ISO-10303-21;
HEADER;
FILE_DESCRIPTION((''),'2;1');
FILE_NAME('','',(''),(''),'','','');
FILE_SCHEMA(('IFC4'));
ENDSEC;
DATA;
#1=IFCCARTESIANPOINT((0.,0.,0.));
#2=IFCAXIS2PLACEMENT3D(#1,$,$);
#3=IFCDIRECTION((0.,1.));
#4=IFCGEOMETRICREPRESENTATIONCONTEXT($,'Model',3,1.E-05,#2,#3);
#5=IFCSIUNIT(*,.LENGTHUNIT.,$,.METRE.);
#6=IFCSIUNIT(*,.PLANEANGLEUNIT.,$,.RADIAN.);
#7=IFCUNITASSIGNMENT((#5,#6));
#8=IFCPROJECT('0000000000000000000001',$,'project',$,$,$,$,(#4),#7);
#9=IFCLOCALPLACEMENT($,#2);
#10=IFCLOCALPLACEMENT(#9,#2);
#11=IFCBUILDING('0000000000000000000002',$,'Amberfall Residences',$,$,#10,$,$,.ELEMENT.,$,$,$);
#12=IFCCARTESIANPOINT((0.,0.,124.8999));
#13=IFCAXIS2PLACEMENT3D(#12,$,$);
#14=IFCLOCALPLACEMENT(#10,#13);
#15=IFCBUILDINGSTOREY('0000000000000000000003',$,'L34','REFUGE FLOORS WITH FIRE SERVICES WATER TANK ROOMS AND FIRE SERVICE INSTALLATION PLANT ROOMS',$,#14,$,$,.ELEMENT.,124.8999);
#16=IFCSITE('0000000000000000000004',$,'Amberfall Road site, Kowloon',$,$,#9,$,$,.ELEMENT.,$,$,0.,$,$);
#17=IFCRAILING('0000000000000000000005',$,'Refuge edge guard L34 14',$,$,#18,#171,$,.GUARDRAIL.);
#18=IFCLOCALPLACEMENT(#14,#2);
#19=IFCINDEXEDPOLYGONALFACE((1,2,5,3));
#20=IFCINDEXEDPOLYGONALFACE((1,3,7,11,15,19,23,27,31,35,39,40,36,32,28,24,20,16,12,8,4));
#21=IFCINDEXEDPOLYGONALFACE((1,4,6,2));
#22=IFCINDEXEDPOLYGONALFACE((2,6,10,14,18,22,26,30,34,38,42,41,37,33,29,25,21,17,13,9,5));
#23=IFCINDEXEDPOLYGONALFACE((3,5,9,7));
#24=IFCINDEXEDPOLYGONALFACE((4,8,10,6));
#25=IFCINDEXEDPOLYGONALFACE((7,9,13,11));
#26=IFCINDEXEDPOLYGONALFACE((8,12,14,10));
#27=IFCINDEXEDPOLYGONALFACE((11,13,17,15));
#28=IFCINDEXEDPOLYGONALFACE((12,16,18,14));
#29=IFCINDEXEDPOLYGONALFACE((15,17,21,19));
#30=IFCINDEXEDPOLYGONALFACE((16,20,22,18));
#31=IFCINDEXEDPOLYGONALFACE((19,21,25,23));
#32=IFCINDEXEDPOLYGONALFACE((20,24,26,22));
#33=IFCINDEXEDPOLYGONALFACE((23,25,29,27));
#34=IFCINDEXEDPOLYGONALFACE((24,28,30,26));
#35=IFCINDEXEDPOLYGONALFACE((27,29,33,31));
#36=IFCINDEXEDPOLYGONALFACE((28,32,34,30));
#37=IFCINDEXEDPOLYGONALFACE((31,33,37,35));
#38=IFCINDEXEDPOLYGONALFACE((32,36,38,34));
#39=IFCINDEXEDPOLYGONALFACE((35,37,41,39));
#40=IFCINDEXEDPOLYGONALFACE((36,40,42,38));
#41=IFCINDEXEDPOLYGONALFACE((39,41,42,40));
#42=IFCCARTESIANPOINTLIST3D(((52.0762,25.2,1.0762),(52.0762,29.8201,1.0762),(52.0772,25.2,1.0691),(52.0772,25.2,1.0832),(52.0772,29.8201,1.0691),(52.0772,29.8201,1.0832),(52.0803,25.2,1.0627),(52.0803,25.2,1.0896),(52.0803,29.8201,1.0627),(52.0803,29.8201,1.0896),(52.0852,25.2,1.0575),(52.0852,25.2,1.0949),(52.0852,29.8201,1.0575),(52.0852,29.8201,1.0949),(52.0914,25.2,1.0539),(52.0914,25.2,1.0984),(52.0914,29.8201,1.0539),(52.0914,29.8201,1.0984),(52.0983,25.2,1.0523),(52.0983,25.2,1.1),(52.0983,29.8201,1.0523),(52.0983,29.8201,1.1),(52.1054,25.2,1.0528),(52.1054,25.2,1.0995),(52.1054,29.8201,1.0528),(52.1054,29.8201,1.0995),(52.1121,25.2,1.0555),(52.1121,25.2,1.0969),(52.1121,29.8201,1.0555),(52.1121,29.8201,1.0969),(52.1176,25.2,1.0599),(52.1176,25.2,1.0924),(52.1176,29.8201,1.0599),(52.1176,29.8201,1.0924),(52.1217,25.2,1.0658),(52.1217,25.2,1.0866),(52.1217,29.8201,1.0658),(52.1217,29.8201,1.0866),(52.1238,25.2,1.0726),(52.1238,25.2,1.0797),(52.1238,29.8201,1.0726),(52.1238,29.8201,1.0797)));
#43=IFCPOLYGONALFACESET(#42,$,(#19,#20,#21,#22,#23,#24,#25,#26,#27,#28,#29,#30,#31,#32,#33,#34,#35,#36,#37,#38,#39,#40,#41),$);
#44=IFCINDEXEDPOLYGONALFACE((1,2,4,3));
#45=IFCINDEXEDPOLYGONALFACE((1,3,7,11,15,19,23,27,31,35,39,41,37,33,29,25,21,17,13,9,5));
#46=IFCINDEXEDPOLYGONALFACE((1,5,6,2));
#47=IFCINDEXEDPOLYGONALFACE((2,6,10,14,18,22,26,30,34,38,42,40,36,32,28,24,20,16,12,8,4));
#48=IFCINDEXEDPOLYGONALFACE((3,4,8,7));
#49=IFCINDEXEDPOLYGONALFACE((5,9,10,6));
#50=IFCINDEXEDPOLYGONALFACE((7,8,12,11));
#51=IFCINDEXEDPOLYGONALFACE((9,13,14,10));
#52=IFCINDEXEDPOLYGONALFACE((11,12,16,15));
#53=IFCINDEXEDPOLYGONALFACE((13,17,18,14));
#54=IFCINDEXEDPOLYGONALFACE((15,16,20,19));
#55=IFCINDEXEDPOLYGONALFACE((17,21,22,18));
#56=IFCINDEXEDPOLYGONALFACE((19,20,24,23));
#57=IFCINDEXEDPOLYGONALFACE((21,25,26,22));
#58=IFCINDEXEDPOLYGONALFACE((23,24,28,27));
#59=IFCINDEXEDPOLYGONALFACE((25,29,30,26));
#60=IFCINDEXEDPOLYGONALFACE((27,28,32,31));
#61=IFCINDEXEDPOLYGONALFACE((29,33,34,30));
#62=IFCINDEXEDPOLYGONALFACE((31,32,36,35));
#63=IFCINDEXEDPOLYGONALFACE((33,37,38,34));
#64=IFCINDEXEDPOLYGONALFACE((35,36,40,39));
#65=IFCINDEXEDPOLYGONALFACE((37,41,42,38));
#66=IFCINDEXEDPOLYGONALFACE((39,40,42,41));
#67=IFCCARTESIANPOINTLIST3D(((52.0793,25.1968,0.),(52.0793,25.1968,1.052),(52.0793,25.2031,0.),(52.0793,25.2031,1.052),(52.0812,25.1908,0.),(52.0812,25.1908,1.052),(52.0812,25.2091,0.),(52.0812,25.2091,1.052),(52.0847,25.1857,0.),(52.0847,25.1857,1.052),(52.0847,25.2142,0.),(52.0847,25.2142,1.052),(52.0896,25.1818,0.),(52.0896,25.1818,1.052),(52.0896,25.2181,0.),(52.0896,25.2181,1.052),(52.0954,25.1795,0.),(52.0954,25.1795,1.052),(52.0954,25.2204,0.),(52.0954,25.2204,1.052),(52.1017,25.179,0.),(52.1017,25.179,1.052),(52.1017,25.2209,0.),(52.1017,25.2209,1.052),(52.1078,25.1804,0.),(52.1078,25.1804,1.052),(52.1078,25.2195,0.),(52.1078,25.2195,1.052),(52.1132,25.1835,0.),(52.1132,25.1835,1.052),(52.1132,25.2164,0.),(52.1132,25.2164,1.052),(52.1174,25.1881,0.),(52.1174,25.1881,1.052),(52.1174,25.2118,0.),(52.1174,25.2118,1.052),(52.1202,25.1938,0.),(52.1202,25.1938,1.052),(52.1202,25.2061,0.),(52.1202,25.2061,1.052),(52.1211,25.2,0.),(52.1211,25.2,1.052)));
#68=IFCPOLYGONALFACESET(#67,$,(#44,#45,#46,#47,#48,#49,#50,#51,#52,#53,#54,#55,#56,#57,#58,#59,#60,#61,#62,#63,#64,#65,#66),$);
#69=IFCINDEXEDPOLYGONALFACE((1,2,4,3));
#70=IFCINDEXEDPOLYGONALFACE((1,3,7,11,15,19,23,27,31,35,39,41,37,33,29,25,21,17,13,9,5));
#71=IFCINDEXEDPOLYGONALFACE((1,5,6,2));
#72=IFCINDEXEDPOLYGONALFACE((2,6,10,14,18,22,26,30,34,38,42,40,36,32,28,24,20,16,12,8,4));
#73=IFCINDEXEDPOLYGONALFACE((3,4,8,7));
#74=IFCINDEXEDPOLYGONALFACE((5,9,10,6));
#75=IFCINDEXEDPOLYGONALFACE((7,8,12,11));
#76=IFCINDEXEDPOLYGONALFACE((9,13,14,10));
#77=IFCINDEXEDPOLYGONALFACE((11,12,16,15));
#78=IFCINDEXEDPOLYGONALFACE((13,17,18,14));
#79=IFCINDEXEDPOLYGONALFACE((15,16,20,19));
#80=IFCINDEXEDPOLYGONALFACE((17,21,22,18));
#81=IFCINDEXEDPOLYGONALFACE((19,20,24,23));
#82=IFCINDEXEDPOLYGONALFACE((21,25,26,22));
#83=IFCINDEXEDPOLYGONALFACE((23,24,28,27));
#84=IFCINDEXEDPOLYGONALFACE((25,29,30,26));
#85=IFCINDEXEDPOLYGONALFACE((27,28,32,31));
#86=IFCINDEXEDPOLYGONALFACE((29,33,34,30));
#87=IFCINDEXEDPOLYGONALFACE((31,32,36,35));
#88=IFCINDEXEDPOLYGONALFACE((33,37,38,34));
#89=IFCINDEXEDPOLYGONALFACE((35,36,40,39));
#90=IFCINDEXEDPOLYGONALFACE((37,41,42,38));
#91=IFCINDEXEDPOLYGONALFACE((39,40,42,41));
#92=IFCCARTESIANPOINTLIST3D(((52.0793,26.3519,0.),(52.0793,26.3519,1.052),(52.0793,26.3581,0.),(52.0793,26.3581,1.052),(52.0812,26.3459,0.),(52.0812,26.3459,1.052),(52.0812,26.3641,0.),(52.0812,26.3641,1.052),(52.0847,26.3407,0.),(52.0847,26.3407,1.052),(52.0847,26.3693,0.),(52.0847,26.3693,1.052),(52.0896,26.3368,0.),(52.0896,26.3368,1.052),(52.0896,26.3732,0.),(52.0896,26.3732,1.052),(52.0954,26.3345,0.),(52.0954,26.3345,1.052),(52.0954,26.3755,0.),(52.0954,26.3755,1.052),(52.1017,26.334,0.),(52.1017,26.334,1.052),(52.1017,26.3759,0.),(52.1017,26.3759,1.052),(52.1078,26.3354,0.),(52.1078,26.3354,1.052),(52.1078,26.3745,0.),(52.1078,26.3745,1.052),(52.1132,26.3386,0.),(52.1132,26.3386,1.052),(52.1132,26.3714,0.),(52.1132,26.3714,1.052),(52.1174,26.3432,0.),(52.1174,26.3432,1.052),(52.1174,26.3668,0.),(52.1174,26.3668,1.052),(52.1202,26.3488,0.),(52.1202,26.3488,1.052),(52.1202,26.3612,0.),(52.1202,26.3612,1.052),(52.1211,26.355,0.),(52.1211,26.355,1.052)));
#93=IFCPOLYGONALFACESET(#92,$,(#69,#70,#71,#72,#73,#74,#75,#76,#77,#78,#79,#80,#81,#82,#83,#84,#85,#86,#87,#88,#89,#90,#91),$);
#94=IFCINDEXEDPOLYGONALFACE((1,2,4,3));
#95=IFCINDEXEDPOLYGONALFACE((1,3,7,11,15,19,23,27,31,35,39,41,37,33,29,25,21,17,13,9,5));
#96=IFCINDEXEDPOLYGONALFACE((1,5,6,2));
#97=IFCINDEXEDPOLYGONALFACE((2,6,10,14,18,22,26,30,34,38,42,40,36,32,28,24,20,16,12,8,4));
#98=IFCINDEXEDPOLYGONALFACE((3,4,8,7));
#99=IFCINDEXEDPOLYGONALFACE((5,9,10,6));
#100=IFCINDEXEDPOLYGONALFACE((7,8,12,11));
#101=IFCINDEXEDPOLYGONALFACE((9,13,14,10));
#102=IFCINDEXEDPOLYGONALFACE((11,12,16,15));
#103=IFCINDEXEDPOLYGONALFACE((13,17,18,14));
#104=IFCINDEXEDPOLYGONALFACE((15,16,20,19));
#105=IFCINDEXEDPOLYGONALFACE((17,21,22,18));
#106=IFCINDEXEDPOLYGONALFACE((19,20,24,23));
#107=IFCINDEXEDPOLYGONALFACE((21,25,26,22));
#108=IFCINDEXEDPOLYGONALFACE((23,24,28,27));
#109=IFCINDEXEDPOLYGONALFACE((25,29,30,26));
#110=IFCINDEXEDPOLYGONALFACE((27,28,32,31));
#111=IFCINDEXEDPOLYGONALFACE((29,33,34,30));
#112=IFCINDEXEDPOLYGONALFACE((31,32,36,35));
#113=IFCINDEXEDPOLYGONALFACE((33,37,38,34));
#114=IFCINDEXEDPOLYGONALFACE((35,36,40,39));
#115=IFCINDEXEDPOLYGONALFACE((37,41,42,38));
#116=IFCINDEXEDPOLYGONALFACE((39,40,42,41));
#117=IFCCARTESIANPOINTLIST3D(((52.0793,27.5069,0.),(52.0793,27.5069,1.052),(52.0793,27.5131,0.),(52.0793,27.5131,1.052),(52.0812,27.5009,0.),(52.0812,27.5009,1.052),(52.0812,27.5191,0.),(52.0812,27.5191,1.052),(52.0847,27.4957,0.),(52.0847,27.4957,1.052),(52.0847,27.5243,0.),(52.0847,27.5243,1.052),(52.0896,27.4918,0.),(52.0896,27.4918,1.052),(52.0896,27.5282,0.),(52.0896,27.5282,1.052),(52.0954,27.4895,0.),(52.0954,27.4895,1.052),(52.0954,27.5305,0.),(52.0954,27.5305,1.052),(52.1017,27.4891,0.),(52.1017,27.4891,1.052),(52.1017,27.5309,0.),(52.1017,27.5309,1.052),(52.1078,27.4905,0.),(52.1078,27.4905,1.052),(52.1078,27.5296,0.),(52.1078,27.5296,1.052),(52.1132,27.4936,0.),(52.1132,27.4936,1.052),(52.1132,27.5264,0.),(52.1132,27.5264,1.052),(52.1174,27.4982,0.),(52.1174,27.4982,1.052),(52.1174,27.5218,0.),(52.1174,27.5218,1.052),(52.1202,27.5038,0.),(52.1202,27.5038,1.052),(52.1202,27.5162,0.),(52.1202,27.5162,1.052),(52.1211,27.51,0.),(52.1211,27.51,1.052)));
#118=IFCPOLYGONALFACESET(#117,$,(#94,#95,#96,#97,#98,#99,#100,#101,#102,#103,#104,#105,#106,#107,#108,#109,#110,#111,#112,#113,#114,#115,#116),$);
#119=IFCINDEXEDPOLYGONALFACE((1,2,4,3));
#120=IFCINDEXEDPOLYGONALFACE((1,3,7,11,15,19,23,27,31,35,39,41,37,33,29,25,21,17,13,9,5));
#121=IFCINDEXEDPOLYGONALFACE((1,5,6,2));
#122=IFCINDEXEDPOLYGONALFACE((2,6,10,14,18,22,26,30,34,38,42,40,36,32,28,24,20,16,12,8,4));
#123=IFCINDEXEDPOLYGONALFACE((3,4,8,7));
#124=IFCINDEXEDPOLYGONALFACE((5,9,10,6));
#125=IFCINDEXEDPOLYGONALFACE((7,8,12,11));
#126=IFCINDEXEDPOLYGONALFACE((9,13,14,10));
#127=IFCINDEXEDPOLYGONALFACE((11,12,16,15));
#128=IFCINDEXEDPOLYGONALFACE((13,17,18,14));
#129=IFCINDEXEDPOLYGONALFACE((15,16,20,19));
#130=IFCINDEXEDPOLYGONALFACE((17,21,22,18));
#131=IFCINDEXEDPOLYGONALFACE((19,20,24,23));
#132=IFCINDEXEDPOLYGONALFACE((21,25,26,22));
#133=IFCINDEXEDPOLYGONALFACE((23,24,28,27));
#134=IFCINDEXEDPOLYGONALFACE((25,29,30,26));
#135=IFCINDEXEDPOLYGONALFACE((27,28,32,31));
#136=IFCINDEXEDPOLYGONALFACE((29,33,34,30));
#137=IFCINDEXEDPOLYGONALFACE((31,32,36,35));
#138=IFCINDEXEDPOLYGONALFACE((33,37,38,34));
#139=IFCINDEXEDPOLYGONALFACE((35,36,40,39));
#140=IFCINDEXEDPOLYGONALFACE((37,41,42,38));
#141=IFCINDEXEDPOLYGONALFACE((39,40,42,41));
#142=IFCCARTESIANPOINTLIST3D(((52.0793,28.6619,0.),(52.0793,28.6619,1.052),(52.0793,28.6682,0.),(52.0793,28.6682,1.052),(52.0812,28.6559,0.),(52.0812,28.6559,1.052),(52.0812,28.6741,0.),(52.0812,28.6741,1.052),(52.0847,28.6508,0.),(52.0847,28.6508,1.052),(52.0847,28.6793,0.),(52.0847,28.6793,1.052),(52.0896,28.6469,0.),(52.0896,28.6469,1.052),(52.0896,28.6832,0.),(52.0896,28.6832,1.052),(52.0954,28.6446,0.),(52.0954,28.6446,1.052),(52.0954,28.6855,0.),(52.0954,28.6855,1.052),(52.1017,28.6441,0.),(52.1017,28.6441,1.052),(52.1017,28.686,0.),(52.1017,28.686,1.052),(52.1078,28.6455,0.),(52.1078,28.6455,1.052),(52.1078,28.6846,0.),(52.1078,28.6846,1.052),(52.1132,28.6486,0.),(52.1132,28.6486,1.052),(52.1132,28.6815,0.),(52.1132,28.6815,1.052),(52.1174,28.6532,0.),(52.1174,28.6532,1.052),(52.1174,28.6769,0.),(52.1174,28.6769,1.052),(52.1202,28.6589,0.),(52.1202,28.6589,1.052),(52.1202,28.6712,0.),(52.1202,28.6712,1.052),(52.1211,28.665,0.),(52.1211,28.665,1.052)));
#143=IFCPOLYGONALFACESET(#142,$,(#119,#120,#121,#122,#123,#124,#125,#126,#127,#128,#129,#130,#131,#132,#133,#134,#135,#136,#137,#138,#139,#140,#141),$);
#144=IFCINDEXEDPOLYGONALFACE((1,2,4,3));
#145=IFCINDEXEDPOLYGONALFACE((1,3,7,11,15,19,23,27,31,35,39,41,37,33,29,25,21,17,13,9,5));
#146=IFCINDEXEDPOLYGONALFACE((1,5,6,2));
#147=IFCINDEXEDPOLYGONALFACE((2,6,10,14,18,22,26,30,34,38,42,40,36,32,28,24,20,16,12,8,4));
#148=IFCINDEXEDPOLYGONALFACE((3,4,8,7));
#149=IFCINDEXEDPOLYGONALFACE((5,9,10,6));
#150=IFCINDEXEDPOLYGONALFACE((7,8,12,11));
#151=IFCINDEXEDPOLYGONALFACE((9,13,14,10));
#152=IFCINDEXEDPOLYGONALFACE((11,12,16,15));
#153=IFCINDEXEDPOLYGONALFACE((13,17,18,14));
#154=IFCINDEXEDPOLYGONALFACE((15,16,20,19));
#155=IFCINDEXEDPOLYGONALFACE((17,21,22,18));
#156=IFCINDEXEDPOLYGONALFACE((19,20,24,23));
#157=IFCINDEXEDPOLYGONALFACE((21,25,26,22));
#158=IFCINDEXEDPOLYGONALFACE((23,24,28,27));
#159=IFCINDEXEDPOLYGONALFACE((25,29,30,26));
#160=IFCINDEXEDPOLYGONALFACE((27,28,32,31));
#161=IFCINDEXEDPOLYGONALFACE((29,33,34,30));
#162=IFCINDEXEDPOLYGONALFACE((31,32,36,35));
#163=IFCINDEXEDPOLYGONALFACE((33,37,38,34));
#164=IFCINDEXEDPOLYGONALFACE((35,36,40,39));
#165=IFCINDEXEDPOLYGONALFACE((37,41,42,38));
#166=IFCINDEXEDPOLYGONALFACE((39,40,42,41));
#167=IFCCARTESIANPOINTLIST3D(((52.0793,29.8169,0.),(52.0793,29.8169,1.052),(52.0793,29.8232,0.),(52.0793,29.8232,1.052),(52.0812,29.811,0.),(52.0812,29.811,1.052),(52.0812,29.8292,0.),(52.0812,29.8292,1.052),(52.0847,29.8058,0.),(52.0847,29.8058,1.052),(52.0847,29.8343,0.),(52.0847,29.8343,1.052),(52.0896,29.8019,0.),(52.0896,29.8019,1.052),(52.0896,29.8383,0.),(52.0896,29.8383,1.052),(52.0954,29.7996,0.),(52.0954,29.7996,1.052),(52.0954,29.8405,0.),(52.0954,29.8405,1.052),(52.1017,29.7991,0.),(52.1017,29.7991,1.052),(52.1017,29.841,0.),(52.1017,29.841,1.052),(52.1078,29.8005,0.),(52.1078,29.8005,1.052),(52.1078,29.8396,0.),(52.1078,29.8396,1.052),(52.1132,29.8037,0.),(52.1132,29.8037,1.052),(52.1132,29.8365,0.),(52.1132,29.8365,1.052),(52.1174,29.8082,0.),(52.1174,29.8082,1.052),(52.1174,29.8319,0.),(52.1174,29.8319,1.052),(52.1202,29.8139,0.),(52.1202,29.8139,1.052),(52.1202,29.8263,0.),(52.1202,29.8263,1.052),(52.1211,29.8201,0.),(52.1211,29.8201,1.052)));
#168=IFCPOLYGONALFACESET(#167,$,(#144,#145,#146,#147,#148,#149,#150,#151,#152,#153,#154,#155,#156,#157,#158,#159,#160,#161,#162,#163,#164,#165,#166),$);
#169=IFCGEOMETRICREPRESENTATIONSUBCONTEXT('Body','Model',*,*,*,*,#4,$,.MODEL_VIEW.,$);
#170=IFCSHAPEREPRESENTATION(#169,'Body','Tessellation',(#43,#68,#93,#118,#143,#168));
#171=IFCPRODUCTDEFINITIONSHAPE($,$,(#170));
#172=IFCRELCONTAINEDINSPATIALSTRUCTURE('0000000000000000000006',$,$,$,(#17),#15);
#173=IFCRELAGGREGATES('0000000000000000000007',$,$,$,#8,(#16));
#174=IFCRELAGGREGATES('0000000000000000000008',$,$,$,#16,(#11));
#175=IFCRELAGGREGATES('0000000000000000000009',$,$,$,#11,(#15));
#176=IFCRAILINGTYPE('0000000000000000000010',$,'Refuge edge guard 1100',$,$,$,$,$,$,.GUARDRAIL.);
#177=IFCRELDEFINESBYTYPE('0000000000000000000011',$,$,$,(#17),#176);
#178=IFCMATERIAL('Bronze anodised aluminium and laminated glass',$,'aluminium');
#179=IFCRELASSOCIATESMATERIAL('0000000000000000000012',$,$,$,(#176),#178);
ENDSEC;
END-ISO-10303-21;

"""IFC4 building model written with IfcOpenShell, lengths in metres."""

from ifc_helpers import new_model, si_unit, direction, frame, origin, origin_2d, place, context, subcontext, project, spatial, circle, extrude, material, type_object, element, save


model = new_model("IFC4")

# Units and contexts
model_context = context("Model", 3, precision=1e-05, world=origin(), true_north=direction((0.0, 1.0)))
body_context = subcontext(model_context, "Body", "Model", "MODEL_VIEW")
ifc_project = project(units=[si_unit("LENGTHUNIT", "METRE"), si_unit("PLANEANGLEUNIT", "RADIAN")], contexts=[model_context])

# Site, building, storey
site_placement = place(None, origin())
site = spatial("IfcSite", under=ifc_project, at=site_placement, Name="Amberfall Road site, Kowloon", CompositionType="ELEMENT", RefElevation=0.0)
building_placement = place(site_placement, origin())
building = spatial("IfcBuilding", under=site, at=building_placement, Name="Amberfall Residences", CompositionType="ELEMENT")
storey_placement = place(building_placement, frame((0.0, 0.0, 124.8999)))
storey = spatial("IfcBuildingStorey", under=building, at=storey_placement, Name="L34", Description="REFUGE FLOORS WITH FIRE SERVICES WATER TANK ROOMS AND FIRE SERVICE INSTALLATION PLANT ROOMS", CompositionType="ELEMENT", Elevation=124.8999)

# Railing
ifc_material_1 = material(Name="Bronze anodised aluminium and laminated glass", Category="aluminium")
railing_type = type_object("IfcRailingType", Name="Refuge edge guard 1100", PredefinedType="GUARDRAIL", material=ifc_material_1)
railing_placement = place(storey_placement, frame((52.1001, 25.2, 0.0)))
element("IfcRailing", 1, at=railing_placement, inside=storey, type_object=railing_type, Name="Refuge edge guard L34 14", PredefinedType="GUARDRAIL", context=body_context, shape_type="SweptSolid", body=[
    extrude(circle(Radius=0.0239, at=origin_2d()), frame((0.0, 0.0, 1.0762), z_axis=(0.0, 1.0, 0.0), x_axis=(-1.0, 0.0, 0.0)), (0.0, 0.0, 1.0), 4.6201),
    extrude(circle(Radius=0.021, at=origin_2d()), origin(), (0.0, 0.0, 1.0), 1.052),
    extrude(circle(Radius=0.021, at=origin_2d()), frame((0.0, 1.155, 0.0)), (0.0, 0.0, 1.0), 1.052),
    extrude(circle(Radius=0.021, at=origin_2d()), frame((0.0, 2.3101, 0.0)), (0.0, 0.0, 1.0), 1.052),
    extrude(circle(Radius=0.021, at=origin_2d()), frame((0.0, 3.4651, 0.0)), (0.0, 0.0, 1.0), 1.052),
    extrude(circle(Radius=0.021, at=origin_2d()), frame((0.0, 4.6201, 0.0)), (0.0, 0.0, 1.0), 1.052),
])

save(model, "model.ifc")
